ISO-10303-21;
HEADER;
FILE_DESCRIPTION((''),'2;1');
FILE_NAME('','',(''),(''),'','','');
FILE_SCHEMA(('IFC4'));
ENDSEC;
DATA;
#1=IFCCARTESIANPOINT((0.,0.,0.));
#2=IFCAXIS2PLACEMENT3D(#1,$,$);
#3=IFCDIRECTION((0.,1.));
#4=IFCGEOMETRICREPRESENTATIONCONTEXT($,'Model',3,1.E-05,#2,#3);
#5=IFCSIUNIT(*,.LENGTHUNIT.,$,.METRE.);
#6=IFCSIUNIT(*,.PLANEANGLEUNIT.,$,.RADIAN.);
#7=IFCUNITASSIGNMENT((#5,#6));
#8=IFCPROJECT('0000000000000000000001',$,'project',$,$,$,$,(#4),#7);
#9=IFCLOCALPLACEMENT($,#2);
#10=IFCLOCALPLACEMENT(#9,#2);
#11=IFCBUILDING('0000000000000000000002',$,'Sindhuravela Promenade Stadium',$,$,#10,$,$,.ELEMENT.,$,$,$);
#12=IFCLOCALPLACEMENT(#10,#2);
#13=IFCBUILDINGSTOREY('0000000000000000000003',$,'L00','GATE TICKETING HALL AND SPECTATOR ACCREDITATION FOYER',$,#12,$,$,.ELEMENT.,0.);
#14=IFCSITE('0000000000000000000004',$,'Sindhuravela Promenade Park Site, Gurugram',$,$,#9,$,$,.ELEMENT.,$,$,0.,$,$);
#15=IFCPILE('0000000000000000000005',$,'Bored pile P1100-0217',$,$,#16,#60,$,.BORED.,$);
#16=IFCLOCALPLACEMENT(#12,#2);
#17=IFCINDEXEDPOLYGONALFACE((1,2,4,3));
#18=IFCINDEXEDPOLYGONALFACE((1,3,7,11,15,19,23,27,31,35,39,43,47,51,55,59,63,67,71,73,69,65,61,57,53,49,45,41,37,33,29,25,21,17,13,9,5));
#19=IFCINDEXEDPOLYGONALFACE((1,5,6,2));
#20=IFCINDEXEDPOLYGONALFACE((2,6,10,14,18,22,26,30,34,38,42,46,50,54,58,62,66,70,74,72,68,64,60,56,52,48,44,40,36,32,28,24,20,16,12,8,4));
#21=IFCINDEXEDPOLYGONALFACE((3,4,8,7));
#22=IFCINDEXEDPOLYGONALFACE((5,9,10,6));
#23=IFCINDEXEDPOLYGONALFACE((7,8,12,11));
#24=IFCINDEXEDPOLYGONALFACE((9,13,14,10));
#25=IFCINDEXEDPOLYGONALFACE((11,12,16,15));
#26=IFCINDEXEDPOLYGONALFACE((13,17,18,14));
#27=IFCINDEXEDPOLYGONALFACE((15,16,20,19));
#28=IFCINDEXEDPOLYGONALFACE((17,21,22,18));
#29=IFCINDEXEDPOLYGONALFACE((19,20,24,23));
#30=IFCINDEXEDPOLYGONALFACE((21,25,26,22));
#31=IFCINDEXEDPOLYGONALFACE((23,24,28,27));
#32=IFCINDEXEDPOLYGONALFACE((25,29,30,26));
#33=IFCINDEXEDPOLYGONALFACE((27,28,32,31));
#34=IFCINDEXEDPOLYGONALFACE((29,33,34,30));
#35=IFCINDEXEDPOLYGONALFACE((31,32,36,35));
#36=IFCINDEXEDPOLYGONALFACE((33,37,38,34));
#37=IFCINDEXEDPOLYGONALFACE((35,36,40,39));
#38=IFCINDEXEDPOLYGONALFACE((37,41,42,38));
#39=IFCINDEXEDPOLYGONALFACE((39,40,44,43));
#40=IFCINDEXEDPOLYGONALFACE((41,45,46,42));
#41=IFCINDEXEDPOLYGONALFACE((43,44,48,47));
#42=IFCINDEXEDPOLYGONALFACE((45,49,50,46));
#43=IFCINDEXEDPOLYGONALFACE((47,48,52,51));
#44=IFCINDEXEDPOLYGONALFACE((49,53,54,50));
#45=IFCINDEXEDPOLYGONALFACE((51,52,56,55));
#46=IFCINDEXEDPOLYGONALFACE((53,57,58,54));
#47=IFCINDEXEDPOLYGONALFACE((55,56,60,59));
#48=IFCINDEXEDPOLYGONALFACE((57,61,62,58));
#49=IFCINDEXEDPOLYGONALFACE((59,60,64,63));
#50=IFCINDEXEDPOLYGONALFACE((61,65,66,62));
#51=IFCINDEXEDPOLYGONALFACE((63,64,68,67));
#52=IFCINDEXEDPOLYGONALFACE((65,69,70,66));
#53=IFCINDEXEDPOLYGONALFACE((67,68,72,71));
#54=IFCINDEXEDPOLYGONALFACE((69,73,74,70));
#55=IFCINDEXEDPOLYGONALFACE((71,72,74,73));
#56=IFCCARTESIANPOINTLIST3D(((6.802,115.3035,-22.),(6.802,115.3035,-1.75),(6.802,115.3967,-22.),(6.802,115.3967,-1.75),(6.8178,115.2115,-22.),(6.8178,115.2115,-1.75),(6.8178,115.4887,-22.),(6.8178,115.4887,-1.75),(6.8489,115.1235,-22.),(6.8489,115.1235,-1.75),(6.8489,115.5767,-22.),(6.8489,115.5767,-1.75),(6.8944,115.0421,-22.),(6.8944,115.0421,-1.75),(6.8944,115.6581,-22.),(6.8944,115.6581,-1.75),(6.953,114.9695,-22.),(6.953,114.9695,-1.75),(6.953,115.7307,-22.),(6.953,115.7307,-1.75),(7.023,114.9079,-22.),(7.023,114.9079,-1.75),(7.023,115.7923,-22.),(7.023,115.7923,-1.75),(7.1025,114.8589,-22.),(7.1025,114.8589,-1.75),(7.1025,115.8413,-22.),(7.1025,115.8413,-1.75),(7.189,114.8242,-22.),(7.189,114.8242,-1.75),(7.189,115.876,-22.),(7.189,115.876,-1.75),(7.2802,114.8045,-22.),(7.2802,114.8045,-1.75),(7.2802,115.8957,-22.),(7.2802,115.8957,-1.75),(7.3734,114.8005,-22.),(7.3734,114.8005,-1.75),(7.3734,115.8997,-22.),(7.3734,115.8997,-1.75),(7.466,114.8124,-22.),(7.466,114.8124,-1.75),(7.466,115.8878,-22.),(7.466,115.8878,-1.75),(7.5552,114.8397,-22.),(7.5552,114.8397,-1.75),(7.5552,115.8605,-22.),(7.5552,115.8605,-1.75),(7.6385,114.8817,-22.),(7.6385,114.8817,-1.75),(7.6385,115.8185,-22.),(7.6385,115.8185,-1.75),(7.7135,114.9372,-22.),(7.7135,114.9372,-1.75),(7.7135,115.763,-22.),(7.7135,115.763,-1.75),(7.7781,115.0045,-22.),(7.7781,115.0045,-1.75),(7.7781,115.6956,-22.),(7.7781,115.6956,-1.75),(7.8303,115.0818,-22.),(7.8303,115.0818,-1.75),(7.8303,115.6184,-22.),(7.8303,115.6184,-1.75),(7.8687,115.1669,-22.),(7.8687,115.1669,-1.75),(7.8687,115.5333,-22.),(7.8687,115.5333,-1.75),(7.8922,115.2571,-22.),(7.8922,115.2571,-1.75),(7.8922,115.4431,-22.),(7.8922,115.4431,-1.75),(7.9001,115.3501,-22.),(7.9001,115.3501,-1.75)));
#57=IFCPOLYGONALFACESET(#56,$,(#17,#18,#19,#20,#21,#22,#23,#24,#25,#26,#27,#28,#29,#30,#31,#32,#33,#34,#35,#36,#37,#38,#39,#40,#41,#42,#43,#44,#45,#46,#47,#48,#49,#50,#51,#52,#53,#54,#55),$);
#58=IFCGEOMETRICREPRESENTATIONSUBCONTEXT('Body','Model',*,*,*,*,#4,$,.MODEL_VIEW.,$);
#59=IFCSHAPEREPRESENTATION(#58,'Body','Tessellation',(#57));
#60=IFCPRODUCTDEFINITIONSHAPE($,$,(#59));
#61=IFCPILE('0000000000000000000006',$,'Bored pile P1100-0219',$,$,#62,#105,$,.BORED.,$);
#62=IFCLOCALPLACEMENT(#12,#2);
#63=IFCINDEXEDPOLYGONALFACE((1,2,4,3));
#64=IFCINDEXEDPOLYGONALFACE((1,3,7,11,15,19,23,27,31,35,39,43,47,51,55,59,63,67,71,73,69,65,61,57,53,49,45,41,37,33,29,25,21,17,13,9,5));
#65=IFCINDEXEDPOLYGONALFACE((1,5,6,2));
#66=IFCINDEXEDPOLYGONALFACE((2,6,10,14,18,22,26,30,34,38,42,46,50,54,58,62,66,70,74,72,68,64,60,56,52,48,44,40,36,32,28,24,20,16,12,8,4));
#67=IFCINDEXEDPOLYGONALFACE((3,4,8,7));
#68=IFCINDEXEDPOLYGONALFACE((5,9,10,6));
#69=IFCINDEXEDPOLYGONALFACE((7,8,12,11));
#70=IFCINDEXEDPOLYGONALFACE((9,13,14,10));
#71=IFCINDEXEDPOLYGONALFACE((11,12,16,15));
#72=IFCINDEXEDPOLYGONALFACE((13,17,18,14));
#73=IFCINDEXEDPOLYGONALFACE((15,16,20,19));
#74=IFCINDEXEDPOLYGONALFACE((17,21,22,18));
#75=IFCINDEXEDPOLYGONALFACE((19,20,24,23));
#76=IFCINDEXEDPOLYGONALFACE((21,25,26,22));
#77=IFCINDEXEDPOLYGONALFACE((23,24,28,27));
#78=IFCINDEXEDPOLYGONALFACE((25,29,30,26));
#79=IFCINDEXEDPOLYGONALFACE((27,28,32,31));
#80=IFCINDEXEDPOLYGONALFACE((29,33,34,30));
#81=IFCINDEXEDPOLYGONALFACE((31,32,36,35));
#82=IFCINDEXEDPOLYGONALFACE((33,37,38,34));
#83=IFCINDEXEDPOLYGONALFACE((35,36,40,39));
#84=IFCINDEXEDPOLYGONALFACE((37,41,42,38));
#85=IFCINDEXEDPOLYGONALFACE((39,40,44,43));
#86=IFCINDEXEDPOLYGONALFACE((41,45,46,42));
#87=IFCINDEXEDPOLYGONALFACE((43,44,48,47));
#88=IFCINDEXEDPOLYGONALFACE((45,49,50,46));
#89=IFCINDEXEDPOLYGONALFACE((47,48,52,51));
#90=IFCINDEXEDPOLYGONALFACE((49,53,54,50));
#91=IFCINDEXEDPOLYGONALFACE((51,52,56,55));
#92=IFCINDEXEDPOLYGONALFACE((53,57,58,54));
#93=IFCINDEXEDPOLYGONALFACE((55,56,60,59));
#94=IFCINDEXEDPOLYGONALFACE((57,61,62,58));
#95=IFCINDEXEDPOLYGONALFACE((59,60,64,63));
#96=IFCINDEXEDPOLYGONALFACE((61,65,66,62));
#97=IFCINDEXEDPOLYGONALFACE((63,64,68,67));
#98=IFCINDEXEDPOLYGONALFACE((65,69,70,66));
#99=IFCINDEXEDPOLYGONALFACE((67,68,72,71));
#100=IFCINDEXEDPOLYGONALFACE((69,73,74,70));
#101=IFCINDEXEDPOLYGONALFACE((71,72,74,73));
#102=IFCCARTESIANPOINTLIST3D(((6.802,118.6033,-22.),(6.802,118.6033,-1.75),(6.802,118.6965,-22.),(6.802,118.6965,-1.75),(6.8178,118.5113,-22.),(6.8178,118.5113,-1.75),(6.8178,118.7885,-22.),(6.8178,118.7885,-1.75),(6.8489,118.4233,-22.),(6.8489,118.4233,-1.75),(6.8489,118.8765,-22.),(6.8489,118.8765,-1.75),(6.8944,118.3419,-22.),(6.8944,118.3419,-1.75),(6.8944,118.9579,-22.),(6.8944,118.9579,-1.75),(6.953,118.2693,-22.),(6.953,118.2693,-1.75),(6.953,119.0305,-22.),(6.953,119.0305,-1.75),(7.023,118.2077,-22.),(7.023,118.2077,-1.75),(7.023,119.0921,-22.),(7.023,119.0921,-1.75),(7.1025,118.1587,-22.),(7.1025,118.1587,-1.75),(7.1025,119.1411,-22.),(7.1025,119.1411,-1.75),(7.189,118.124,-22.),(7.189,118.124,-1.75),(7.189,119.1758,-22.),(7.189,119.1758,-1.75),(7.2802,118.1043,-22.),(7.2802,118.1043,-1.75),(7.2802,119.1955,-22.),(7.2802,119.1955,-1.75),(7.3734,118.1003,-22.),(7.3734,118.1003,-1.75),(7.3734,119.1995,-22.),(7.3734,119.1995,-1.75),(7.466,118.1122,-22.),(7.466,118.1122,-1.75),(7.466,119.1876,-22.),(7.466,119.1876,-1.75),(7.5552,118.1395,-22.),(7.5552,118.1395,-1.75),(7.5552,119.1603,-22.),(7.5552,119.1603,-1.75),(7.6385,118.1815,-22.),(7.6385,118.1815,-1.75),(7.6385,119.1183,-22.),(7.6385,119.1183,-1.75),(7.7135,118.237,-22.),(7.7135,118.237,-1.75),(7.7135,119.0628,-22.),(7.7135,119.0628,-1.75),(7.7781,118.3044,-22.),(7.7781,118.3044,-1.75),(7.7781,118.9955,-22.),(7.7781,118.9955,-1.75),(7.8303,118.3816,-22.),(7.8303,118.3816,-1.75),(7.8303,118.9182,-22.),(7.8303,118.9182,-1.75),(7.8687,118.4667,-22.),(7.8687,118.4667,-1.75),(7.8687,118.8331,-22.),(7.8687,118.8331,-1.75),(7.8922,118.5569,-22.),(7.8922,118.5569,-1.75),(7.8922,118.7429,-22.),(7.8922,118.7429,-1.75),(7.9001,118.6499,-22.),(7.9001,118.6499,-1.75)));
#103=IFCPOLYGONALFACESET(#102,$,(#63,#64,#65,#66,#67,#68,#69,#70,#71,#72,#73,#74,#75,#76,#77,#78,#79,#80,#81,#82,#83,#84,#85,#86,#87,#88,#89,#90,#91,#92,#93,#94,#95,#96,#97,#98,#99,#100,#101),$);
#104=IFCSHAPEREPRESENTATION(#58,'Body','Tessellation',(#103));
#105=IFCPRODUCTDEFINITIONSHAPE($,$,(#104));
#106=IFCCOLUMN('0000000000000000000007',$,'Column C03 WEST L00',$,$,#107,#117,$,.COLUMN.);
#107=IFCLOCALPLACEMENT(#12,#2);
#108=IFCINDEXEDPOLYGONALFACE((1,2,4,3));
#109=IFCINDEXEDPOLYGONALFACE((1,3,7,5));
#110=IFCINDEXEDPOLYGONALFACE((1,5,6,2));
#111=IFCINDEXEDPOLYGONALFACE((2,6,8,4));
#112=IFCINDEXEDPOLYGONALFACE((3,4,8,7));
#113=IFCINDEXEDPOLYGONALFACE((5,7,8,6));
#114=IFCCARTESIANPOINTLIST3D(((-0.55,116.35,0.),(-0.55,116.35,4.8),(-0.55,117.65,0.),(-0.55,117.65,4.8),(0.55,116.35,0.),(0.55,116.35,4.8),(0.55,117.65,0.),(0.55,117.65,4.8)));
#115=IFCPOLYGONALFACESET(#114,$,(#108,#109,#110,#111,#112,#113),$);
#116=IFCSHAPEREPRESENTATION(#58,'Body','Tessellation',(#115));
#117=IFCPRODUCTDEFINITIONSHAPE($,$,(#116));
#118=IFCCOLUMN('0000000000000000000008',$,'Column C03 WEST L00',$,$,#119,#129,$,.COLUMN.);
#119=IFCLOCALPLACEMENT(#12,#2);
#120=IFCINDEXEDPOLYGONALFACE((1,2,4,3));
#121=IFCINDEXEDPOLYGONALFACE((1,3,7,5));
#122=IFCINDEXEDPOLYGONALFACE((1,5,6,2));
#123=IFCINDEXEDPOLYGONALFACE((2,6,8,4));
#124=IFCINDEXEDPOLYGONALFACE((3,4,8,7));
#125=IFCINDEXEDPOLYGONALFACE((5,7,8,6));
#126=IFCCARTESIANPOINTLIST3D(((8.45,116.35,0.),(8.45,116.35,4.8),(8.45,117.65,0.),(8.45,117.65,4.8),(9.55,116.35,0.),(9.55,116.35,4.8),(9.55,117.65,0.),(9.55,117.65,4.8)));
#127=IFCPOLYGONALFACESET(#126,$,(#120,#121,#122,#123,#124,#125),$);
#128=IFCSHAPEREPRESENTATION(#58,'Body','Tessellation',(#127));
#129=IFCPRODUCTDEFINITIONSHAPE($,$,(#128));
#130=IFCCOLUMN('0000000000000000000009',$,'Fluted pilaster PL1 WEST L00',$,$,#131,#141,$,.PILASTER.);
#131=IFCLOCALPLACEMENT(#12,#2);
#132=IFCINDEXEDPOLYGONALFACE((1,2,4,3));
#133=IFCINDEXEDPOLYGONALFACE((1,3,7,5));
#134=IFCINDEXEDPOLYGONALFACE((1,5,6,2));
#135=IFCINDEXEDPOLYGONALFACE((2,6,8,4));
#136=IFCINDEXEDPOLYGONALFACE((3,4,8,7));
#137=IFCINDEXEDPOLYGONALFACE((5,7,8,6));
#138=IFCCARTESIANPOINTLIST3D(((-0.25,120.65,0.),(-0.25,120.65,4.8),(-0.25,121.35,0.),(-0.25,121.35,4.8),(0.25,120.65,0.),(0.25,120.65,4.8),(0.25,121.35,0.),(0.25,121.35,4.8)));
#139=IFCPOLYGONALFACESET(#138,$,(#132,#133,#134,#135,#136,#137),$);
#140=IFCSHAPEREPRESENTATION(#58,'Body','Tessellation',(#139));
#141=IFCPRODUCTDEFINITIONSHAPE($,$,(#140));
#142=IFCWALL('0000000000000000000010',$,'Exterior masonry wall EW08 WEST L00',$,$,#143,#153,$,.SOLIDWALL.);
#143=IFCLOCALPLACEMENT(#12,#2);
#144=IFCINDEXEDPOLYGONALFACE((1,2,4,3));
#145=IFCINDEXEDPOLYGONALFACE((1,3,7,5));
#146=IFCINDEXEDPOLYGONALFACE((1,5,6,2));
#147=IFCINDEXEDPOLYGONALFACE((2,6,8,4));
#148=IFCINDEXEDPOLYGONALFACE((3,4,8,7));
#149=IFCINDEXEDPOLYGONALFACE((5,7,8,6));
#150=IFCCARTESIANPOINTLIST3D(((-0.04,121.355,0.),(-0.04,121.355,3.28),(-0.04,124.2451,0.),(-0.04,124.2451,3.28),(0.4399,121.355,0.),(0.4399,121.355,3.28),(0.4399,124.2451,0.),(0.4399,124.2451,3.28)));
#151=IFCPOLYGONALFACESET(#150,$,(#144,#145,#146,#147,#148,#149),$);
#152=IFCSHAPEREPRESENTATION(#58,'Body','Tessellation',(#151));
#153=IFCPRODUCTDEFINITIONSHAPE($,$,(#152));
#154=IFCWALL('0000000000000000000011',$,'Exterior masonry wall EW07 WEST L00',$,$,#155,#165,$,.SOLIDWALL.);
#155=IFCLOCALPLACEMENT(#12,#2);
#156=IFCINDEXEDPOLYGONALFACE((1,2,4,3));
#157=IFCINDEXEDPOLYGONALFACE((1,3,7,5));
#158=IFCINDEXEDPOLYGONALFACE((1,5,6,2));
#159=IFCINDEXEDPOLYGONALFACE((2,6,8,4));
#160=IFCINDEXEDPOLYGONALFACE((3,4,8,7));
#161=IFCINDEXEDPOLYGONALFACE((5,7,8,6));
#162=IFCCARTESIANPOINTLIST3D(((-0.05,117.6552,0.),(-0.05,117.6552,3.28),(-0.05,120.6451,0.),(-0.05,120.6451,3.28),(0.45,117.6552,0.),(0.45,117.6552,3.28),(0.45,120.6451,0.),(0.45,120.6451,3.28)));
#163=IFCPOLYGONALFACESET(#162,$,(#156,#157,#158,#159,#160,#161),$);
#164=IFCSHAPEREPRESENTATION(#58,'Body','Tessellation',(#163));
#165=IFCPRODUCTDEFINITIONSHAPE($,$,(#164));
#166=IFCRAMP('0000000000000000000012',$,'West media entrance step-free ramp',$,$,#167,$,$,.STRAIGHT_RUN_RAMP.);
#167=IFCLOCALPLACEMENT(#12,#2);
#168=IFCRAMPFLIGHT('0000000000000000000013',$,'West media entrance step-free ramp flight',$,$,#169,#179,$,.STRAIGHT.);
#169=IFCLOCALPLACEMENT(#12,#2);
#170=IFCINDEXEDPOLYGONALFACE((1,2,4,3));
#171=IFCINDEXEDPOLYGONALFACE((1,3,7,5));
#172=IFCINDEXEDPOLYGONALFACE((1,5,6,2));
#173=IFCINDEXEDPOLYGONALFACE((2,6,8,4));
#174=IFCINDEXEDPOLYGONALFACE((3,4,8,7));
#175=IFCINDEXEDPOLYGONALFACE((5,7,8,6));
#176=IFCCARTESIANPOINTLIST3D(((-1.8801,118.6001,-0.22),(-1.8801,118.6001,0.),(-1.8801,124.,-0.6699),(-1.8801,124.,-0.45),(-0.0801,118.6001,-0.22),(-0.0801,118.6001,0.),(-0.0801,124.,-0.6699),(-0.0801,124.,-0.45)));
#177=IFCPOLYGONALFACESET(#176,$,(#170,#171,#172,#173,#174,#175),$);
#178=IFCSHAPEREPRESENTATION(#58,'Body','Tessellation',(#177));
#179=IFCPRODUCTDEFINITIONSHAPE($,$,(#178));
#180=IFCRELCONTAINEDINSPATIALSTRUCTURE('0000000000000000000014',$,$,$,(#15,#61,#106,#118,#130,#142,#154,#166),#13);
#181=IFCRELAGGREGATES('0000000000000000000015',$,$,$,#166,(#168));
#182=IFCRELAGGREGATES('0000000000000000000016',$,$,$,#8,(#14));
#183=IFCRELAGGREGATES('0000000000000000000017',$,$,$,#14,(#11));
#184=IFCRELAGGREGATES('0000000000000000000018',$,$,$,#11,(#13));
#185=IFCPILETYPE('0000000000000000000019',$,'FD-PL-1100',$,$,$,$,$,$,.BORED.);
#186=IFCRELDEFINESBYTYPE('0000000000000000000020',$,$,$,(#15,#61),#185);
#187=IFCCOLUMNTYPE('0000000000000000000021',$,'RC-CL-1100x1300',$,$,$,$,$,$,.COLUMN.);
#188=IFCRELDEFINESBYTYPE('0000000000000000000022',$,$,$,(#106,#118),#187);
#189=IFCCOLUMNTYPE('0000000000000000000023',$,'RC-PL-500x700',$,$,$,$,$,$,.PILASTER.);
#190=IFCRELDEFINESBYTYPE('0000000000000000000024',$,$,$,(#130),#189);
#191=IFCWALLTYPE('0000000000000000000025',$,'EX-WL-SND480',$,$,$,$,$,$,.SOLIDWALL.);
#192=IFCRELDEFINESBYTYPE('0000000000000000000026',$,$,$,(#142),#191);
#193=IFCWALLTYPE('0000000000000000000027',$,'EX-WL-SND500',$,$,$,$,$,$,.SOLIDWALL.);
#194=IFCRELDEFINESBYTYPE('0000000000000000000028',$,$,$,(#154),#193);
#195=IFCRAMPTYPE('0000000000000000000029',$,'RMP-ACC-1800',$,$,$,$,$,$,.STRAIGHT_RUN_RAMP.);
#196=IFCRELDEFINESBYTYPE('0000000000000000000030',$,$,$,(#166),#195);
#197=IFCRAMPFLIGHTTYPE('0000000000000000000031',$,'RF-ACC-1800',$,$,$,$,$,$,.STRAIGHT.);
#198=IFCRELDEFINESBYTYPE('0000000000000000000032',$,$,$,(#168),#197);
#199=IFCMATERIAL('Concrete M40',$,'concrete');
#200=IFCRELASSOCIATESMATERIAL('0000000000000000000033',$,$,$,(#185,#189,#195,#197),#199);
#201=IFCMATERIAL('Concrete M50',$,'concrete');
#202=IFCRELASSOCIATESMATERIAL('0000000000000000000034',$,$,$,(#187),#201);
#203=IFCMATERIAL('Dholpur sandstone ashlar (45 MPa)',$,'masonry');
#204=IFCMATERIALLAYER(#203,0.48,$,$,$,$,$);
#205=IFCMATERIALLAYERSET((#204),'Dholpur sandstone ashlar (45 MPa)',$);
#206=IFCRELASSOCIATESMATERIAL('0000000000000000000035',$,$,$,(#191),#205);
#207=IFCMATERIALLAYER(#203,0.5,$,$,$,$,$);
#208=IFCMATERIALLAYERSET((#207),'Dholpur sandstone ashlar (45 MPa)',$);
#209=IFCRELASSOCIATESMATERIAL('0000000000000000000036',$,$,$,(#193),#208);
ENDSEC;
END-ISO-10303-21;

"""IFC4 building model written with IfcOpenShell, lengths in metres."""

from ifc_helpers import new_model, si_unit, direction, frame, frame_2d, origin, origin_2d, place, context, subcontext, project, spatial, polyline, rectangle, circle, outline, extrude, material, layer, layer_set, material_profile, profile_set, type_object, element, aggregate, save


model = new_model("IFC4")

# Units and contexts
model_context = context("Model", 3, precision=1e-05, world=origin(), true_north=direction((0.0, 1.0)))
body_context = subcontext(model_context, "Body", "Model", "MODEL_VIEW")
ifc_project = project(units=[si_unit("LENGTHUNIT", "METRE"), si_unit("PLANEANGLEUNIT", "RADIAN")], contexts=[model_context])

# Site, building, storey
site_placement = place(None, origin())
site = spatial("IfcSite", under=ifc_project, at=site_placement, Name="Sindhuravela Promenade Park Site, Gurugram", CompositionType="ELEMENT", RefElevation=0.0)
building_placement = place(site_placement, origin())
building = spatial("IfcBuilding", under=site, at=building_placement, Name="Sindhuravela Promenade Stadium", CompositionType="ELEMENT")
storey_placement = place(building_placement, origin())
storey = spatial("IfcBuildingStorey", under=building, at=storey_placement, Name="L00", Description="GATE TICKETING HALL AND SPECTATOR ACCREDITATION FOYER", CompositionType="ELEMENT", Elevation=0.0)

# Shared definitions
ifc_material_1 = material(Name="Concrete M50", Category="concrete")

# Piles
ifc_material_2 = material(Name="Concrete M40", Category="concrete")
ifc_material_profile_1 = material_profile(ifc_material_2, circle(Radius=0.55, at=origin_2d()), Name="BORED PILE D1100")
ifc_profile_set_1 = profile_set([ifc_material_profile_1], Name="Concrete M40")
pile_type_1 = type_object("IfcPileType", Name="FD-PL-1100", PredefinedType="BORED", material=ifc_profile_set_1)
for number, where, z_axis, x_axis, name in (
    (1, (7.3501, 115.3501, -1.75), (0.0, 0.0, -1.0), (1.0, 0.0, 0.0), "Bored pile P1100-0217"),
    (2, (7.3501, 118.6499, -1.75), (0.0, 0.0, -1.0), (1.0, 0.0, 0.0), "Bored pile P1100-0219"),
):
    element("IfcPile", number, at=place(storey_placement, frame(where, z_axis=z_axis, x_axis=x_axis)), inside=storey, type_object=pile_type_1, Name=name, PredefinedType="BORED", context=body_context, shape_type="SweptSolid", body=[
        extrude(circle(Radius=0.55, at=origin_2d()), origin(), (0.0, 0.0, 1.0), 20.25),
    ])

# Columns
ifc_material_profile_2 = material_profile(ifc_material_1, rectangle(XDim=1.1001, YDim=1.3, at=origin_2d()), Name="RC 1100x1300")
ifc_profile_set_2 = profile_set([ifc_material_profile_2], Name="Concrete M50")
column_type_1 = type_object("IfcColumnType", Name="RC-CL-1100x1300", PredefinedType="COLUMN", material=ifc_profile_set_2)
for number, where, z_axis, x_axis, name in (
    (3, (0.0, 117.0, 0.0), (0.0, 0.0, 1.0), (1.0, 0.0, 0.0), "Column C03 WEST L00"),
    (4, (9.0, 117.0, 0.0), (0.0, 0.0, 1.0), (1.0, 0.0, 0.0), "Column C03 WEST L00"),
):
    element("IfcColumn", number, at=place(storey_placement, frame(where, z_axis=z_axis, x_axis=x_axis)), inside=storey, type_object=column_type_1, Name=name, PredefinedType="COLUMN", context=body_context, shape_type="SweptSolid", body=[
        extrude(rectangle(XDim=1.1001, YDim=1.3, at=origin_2d()), origin(), (0.0, 0.0, 1.0), 4.8),
    ])
ifc_material_profile_3 = material_profile(ifc_material_2, rectangle(XDim=0.5, YDim=0.7, at=origin_2d()), Name="PIL 500x700")
ifc_profile_set_3 = profile_set([ifc_material_profile_3], Name="Concrete M40")
column_type_2 = type_object("IfcColumnType", Name="RC-PL-500x700", PredefinedType="PILASTER", material=ifc_profile_set_3)
column_placement = place(storey_placement, frame((0.0, 121.0, 0.0), z_axis=(0.0, 0.0, 1.0), x_axis=(1.0, 0.0, 0.0)))
element("IfcColumn", 5, at=column_placement, inside=storey, type_object=column_type_2, Name="Fluted pilaster PL1 WEST L00", PredefinedType="PILASTER", context=body_context, shape_type="SweptSolid", body=[
    extrude(rectangle(XDim=0.5, YDim=0.7, at=origin_2d()), origin(), (0.0, 0.0, 1.0), 4.8),
])

# Walls
ifc_material_3 = material(Name="Dholpur sandstone ashlar (45 MPa)", Category="masonry")
ifc_layer_1 = layer(ifc_material_3, 0.48)
ifc_layer_set_1 = layer_set([ifc_layer_1], Name="Dholpur sandstone ashlar (45 MPa)")
wall_type_1 = type_object("IfcWallType", Name="EX-WL-SND480", PredefinedType="SOLIDWALL", material=ifc_layer_set_1)
wall_1_placement = place(storey_placement, frame((0.2, 121.355, 0.0), z_axis=(0.0, 0.0, 1.0), x_axis=(0.0, 1.0, 0.0)))
element("IfcWall", 6, at=wall_1_placement, inside=storey, type_object=wall_type_1, Name="Exterior masonry wall EW08 WEST L00", PredefinedType="SOLIDWALL", context=body_context, shape_type="SweptSolid", body=[
    extrude(rectangle(XDim=2.8901, YDim=0.48, at=frame_2d((1.4451, 0.0))), origin(), (0.0, 0.0, 1.0), 3.28),
])
ifc_layer_2 = layer(ifc_material_3, 0.5)
ifc_layer_set_2 = layer_set([ifc_layer_2], Name="Dholpur sandstone ashlar (45 MPa)")
wall_type_2 = type_object("IfcWallType", Name="EX-WL-SND500", PredefinedType="SOLIDWALL", material=ifc_layer_set_2)
wall_2_placement = place(storey_placement, frame((0.2, 117.655, 0.0), z_axis=(0.0, 0.0, 1.0), x_axis=(0.0, 1.0, 0.0)))
element("IfcWall", 7, at=wall_2_placement, inside=storey, type_object=wall_type_2, Name="Exterior masonry wall EW07 WEST L00", PredefinedType="SOLIDWALL", context=body_context, shape_type="SweptSolid", body=[
    extrude(rectangle(XDim=2.99, YDim=0.5, at=frame_2d((1.4951, 0.0))), origin(), (0.0, 0.0, 1.0), 3.28),
])

# Ramp, ramp flight
ramp_type = type_object("IfcRampType", Name="RMP-ACC-1800", PredefinedType="STRAIGHT_RUN_RAMP", material=ifc_material_2)
ramp_placement = place(storey_placement, origin())
ramp = element("IfcRamp", 8, at=ramp_placement, inside=storey, type_object=ramp_type, Name="West media entrance step-free ramp", PredefinedType="STRAIGHT_RUN_RAMP")
ramp_flight_type = type_object("IfcRampFlightType", Name="RF-ACC-1800", PredefinedType="STRAIGHT", material=ifc_material_2)
ramp_flight_placement = place(storey_placement, frame((-0.98, 124.0, -0.45), z_axis=(0.0, 0.0, 1.0), x_axis=(0.0, -1.0, 0.0)))
ramp_flight = element("IfcRampFlight", 9, at=ramp_flight_placement, type_object=ramp_flight_type, Name="West media entrance step-free ramp flight", PredefinedType="STRAIGHT", context=body_context, shape_type="SweptSolid", body=[
    extrude(outline(polyline([(0.0, 0.0), (0.0, -0.22), (5.3999, 0.23), (5.3999, 0.45), (0.0, 0.0)])), frame((0.0, 0.8999, 0.0), z_axis=(0.0, -1.0, 0.0), x_axis=(1.0, 0.0, 0.0)), (0.0, 0.0, 1.0), 1.8),
])
aggregate(ramp, [ramp_flight])

save(model, "model.ifc")
